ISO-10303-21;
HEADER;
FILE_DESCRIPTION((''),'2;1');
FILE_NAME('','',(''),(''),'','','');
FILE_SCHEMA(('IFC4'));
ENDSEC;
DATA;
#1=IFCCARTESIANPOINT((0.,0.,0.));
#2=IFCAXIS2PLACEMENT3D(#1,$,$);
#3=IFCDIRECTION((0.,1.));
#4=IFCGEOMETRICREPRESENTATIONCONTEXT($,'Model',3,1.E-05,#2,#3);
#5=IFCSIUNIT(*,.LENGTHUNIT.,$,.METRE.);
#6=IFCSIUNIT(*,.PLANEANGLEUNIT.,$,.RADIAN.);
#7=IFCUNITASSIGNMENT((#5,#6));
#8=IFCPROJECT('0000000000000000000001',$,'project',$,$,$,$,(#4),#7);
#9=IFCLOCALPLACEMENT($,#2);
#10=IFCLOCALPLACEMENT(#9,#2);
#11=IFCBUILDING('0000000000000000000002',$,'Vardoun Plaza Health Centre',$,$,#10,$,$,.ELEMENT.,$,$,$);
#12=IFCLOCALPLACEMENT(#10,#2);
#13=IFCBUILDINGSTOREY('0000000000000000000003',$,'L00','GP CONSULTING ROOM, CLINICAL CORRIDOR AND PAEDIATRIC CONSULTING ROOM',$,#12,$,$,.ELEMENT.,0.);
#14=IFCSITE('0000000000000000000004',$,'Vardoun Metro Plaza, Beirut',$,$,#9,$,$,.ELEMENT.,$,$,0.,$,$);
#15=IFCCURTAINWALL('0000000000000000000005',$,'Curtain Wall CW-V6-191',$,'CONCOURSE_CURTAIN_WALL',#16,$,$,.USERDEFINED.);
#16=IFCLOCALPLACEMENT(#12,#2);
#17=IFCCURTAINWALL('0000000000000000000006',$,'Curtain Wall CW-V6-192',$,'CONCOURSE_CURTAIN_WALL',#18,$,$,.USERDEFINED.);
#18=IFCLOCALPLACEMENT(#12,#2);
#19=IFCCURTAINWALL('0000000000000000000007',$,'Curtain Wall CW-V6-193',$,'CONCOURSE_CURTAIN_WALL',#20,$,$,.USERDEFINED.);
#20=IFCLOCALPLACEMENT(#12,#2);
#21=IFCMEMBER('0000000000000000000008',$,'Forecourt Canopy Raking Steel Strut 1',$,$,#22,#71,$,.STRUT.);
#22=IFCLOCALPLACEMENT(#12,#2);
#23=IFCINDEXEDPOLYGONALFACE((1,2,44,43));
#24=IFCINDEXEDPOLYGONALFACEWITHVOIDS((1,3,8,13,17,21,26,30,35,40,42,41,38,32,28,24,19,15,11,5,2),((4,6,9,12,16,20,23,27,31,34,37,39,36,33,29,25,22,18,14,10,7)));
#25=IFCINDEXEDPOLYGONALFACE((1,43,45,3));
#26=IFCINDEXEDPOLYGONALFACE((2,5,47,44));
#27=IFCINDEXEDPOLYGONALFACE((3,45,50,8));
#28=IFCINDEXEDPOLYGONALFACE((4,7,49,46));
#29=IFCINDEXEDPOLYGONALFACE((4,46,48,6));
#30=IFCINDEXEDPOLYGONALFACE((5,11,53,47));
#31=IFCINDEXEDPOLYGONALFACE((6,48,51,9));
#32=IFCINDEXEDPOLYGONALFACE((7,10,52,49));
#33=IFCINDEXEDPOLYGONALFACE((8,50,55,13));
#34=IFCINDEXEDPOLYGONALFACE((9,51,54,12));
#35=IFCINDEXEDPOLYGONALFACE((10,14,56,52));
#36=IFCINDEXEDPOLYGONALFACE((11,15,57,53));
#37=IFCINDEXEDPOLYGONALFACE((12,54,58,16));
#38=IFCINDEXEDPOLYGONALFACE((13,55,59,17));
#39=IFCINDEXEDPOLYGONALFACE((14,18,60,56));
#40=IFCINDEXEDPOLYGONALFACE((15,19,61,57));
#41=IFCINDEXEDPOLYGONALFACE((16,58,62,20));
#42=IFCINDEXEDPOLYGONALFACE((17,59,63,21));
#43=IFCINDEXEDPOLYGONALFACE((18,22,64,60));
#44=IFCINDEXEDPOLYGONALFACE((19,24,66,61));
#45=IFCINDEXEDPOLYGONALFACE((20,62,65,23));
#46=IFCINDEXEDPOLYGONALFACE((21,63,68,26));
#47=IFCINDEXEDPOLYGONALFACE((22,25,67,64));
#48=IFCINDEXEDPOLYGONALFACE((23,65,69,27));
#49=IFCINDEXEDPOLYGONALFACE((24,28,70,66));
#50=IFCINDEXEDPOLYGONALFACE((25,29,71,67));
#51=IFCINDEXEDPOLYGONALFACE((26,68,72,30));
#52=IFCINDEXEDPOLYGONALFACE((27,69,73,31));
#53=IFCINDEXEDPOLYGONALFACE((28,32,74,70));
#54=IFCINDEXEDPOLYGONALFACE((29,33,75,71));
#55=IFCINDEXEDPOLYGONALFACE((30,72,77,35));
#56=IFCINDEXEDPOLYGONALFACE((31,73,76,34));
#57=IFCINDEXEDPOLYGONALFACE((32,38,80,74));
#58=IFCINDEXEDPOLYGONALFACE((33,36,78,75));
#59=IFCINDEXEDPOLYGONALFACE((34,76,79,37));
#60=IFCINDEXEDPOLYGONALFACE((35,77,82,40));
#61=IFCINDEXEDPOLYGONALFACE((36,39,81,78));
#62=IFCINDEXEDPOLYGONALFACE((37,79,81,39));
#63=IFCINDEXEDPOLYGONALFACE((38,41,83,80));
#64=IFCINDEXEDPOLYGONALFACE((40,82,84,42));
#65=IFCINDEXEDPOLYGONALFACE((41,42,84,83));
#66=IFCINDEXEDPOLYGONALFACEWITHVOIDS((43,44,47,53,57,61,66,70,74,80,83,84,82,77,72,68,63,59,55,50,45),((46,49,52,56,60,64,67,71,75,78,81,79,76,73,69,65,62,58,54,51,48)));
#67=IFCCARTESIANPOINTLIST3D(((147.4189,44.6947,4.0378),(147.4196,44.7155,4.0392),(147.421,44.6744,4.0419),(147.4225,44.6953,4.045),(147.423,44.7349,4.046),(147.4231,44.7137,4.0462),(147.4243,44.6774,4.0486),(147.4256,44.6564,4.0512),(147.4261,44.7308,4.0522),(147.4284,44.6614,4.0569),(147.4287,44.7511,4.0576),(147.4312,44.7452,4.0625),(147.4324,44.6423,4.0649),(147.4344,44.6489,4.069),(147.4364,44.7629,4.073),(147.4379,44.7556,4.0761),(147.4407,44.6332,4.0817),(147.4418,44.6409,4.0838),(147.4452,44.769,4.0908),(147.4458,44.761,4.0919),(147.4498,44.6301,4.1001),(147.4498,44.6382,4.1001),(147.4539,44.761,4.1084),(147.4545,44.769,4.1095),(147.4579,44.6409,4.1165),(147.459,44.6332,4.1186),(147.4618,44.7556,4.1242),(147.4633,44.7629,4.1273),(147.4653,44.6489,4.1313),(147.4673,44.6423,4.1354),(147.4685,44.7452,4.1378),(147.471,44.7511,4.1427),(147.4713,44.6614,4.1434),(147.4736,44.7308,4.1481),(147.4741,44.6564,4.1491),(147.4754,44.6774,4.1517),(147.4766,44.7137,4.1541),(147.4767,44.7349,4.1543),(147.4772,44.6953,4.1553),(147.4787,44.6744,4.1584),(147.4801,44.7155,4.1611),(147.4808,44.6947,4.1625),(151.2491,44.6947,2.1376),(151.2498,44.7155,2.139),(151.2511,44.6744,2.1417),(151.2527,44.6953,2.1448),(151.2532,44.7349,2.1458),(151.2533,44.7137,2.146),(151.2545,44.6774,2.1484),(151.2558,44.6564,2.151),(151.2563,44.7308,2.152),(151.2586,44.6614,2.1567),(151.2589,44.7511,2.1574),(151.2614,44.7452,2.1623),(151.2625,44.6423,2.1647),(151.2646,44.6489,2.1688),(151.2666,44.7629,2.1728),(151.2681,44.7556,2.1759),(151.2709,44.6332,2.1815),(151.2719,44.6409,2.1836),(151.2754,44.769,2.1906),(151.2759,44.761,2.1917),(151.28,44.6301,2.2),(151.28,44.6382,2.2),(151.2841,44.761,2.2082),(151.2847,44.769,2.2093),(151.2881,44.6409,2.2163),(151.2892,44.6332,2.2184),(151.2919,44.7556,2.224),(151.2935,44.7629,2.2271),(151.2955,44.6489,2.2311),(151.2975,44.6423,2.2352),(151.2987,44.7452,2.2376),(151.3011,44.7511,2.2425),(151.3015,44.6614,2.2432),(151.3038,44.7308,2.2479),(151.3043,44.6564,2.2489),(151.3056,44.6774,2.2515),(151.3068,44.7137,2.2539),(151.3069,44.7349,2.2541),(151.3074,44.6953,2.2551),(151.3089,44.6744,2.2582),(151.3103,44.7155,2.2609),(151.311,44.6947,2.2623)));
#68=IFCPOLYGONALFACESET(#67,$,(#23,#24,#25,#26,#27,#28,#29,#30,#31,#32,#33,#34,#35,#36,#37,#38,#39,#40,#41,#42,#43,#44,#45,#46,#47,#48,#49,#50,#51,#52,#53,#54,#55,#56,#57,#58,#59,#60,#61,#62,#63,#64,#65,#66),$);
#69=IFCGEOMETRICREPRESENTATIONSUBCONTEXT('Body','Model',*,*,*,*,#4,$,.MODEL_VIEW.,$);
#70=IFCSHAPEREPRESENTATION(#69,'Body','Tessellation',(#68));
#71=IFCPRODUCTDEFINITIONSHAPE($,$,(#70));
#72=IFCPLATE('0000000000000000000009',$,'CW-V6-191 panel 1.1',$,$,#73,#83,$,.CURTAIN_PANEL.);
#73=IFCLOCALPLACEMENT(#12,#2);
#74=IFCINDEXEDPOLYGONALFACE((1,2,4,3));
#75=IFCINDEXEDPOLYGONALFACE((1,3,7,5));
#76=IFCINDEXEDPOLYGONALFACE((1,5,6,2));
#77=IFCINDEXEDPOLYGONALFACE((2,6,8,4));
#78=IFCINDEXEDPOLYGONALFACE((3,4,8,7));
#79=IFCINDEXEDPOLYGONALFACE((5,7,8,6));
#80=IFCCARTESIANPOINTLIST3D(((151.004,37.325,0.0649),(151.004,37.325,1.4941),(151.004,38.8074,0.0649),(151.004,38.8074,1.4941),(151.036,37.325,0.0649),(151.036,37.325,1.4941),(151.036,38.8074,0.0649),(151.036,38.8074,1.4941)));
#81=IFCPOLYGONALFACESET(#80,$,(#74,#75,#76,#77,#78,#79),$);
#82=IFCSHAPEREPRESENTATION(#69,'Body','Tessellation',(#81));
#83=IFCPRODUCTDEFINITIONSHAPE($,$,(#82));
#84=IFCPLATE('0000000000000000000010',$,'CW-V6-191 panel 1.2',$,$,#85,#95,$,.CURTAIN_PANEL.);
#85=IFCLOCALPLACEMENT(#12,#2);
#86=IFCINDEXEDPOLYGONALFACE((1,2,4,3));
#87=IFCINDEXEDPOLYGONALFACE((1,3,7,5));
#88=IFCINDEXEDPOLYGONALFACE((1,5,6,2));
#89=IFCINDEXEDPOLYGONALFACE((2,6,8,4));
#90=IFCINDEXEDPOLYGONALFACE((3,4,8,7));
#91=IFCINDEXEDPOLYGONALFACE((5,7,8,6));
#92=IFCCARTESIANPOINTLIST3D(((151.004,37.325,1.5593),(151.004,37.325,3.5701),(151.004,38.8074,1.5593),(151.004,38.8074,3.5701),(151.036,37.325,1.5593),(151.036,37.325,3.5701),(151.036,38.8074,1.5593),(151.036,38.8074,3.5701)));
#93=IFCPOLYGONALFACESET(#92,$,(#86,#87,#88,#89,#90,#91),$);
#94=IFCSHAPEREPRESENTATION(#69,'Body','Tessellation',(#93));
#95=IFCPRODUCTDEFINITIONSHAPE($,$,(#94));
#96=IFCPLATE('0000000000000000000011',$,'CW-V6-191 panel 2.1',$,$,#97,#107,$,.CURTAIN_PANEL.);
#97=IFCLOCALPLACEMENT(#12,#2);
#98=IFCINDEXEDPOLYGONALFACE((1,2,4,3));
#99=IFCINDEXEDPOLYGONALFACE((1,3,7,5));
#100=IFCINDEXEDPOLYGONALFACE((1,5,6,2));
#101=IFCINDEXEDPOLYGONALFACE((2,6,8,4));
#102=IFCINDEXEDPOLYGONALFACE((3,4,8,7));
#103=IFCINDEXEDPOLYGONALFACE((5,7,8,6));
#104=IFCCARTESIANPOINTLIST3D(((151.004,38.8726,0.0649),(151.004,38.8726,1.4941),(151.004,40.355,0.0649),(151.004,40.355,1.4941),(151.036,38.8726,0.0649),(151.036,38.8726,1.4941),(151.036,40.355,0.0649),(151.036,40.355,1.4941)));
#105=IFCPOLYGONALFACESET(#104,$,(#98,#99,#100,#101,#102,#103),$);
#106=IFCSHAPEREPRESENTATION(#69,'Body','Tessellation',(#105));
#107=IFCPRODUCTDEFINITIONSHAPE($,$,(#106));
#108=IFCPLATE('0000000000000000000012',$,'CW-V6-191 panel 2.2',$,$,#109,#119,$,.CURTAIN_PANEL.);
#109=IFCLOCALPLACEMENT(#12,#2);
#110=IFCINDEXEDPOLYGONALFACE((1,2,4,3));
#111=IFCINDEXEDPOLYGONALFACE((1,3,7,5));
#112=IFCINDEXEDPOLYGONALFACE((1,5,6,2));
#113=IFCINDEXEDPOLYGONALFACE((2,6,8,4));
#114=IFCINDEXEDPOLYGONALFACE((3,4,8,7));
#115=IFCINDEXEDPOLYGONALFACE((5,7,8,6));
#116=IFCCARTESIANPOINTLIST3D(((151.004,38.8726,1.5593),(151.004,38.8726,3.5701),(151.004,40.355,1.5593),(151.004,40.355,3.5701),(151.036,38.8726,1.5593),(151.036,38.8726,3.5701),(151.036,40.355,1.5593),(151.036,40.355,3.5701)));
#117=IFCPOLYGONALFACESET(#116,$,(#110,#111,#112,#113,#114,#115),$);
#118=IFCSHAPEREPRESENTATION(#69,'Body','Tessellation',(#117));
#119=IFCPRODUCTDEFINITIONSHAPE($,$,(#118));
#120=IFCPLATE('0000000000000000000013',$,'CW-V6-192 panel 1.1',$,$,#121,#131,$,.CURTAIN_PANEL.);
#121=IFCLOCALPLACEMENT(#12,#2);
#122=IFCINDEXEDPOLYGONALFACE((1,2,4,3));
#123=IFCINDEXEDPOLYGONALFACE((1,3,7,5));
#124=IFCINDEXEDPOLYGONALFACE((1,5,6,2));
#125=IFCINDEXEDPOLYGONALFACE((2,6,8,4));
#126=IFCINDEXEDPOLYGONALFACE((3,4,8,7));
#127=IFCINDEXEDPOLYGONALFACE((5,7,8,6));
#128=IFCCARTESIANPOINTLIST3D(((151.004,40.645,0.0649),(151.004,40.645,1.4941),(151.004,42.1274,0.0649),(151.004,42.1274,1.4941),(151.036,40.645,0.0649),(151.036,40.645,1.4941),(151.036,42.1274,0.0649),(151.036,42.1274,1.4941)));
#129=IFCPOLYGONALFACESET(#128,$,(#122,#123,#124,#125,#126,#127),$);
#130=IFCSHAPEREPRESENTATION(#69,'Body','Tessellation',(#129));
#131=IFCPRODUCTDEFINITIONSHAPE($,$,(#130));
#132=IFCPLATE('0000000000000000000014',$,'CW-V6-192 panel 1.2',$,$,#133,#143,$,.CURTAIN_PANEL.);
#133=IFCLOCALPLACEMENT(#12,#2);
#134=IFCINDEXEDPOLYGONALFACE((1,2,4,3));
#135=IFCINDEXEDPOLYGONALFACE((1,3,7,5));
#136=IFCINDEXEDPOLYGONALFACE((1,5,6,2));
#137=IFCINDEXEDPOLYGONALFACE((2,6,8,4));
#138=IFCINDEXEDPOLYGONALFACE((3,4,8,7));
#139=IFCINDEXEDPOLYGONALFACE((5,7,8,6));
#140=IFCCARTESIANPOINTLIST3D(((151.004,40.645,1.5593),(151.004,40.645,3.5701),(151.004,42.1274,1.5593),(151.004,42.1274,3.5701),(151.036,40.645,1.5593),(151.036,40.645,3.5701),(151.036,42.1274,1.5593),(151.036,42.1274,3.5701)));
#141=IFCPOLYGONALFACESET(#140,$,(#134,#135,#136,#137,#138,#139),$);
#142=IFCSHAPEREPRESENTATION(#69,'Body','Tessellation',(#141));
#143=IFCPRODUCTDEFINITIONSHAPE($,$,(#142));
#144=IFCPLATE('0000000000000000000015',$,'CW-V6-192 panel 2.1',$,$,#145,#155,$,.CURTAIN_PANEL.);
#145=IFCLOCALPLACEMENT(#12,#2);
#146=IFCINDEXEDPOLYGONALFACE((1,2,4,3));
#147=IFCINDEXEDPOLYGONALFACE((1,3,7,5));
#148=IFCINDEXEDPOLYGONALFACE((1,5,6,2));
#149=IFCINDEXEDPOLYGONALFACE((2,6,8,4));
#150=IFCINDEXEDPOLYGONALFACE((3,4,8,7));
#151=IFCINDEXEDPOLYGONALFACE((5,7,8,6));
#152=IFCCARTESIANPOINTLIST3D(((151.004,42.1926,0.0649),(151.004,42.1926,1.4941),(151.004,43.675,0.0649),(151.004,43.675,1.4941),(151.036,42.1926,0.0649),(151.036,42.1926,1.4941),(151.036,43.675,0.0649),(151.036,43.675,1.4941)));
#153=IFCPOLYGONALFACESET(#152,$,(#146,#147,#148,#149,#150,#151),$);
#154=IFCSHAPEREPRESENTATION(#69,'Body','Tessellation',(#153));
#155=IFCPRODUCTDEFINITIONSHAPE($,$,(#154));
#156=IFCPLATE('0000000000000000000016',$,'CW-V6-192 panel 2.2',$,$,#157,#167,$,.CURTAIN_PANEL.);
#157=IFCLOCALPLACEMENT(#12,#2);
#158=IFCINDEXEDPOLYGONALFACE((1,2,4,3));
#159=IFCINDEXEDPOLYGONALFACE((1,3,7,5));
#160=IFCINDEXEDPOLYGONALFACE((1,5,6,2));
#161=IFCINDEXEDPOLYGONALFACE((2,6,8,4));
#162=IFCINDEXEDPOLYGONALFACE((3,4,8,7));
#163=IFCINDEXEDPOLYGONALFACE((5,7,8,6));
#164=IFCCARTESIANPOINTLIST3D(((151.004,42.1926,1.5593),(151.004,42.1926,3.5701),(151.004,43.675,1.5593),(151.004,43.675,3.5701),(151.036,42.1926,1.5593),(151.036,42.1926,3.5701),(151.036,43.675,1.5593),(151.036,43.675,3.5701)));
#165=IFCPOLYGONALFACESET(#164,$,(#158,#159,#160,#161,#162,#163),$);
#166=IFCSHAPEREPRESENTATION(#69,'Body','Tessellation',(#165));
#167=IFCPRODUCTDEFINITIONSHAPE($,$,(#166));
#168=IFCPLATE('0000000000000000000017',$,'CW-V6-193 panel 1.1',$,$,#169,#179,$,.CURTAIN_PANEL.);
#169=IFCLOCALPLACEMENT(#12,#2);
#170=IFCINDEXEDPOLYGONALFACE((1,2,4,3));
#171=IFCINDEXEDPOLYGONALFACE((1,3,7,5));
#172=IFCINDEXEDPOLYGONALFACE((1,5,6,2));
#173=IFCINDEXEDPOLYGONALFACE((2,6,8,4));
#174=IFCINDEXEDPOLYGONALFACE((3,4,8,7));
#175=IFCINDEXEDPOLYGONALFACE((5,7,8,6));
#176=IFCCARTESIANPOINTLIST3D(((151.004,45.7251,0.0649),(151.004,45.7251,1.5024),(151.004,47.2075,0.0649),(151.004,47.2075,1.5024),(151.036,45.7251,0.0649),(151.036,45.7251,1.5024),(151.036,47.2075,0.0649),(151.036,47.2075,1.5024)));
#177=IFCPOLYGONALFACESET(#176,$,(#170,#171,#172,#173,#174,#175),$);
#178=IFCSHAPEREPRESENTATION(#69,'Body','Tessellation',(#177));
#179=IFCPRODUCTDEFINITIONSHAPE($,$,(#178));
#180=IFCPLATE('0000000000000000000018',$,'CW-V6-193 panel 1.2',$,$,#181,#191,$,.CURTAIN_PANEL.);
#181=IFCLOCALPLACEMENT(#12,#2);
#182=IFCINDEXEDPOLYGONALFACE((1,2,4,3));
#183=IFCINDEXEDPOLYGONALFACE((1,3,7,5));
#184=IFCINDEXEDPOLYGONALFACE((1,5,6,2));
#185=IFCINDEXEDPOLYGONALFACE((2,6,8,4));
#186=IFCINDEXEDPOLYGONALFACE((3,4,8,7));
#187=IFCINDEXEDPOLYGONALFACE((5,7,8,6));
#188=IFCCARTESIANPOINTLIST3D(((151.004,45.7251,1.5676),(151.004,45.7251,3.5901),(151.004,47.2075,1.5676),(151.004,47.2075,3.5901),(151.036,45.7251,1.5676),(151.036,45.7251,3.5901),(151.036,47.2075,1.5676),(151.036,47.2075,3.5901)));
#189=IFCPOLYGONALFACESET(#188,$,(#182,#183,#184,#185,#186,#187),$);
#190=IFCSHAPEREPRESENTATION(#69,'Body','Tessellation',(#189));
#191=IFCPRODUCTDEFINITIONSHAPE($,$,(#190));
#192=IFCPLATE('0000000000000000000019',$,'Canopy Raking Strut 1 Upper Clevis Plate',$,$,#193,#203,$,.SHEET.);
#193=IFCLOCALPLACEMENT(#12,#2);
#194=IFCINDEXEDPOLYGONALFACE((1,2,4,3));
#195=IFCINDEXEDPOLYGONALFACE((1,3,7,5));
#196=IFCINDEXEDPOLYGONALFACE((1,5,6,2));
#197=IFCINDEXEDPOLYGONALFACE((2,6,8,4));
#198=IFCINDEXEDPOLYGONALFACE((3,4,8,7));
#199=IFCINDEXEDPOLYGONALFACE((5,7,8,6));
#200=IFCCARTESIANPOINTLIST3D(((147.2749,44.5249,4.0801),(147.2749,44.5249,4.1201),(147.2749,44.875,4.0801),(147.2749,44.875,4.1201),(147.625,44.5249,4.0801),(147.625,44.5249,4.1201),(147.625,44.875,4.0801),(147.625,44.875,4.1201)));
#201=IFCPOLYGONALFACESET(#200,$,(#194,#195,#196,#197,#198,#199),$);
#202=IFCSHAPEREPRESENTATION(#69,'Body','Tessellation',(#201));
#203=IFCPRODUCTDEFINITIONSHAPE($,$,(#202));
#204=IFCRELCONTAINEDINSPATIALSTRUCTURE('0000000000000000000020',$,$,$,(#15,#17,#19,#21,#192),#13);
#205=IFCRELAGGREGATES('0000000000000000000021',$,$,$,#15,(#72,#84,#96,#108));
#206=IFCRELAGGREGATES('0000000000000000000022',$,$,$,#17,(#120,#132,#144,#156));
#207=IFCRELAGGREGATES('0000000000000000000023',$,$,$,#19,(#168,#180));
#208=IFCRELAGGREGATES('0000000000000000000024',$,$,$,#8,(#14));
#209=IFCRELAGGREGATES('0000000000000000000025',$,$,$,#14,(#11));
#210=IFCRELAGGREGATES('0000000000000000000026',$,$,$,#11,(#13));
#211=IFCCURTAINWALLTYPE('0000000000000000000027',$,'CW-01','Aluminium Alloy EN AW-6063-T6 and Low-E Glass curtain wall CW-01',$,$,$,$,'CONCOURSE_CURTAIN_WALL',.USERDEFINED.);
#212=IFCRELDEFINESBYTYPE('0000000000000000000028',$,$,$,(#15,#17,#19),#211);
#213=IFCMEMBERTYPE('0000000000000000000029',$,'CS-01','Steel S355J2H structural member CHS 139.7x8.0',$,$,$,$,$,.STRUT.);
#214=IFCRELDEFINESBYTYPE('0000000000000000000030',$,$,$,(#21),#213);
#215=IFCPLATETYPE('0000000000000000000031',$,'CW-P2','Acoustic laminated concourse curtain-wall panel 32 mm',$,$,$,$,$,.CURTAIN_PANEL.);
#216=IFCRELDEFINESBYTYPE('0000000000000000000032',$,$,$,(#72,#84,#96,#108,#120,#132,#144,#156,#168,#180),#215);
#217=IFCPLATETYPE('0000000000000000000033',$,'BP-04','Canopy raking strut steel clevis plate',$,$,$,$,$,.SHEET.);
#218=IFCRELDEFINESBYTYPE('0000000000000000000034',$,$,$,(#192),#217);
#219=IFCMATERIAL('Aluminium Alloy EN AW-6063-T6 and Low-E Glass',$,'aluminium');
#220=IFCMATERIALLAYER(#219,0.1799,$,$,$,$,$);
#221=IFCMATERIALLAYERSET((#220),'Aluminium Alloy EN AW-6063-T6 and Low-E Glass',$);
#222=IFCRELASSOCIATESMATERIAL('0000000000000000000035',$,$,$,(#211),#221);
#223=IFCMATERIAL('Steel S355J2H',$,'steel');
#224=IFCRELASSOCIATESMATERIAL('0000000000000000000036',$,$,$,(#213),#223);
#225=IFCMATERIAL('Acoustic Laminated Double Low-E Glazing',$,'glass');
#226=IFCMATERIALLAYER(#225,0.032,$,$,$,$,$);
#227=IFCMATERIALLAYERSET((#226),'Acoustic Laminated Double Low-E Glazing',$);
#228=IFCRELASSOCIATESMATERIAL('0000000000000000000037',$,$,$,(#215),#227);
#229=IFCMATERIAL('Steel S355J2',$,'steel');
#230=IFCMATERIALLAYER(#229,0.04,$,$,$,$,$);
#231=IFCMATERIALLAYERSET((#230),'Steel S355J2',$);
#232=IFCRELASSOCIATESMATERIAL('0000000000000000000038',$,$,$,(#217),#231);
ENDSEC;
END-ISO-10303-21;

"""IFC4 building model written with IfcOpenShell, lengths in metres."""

from ifc_helpers import new_model, si_unit, direction, frame, origin, origin_2d, place, context, subcontext, project, spatial, rectangle, hollow_circle, extrude, material, layer, layer_set, material_profile, profile_set, type_object, element, aggregate, save


model = new_model("IFC4")

# Units and contexts
model_context = context("Model", 3, precision=1e-05, world=origin(), true_north=direction((0.0, 1.0)))
body_context = subcontext(model_context, "Body", "Model", "MODEL_VIEW")
ifc_project = project(units=[si_unit("LENGTHUNIT", "METRE"), si_unit("PLANEANGLEUNIT", "RADIAN")], contexts=[model_context])

# Site, building, storey
site_placement = place(None, origin())
site = spatial("IfcSite", under=ifc_project, at=site_placement, Name="Vardoun Metro Plaza, Beirut", CompositionType="ELEMENT", RefElevation=0.0)
building_placement = place(site_placement, origin())
building = spatial("IfcBuilding", under=site, at=building_placement, Name="Vardoun Plaza Health Centre", CompositionType="ELEMENT")
storey_placement = place(building_placement, origin())
storey = spatial("IfcBuildingStorey", under=building, at=storey_placement, Name="L00", Description="GP CONSULTING ROOM, CLINICAL CORRIDOR AND PAEDIATRIC CONSULTING ROOM", CompositionType="ELEMENT", Elevation=0.0)

# Curtain walls
ifc_material_1 = material(Name="Aluminium Alloy EN AW-6063-T6 and Low-E Glass", Category="aluminium")
ifc_layer_1 = layer(ifc_material_1, 0.1799)
ifc_layer_set_1 = layer_set([ifc_layer_1], Name="Aluminium Alloy EN AW-6063-T6 and Low-E Glass")
curtain_wall_type = type_object("IfcCurtainWallType", Name="CW-01", Description="Aluminium Alloy EN AW-6063-T6 and Low-E Glass curtain wall CW-01", ElementType="CONCOURSE_CURTAIN_WALL", PredefinedType="USERDEFINED", material=ifc_layer_set_1)
curtain_wall_1_placement = place(storey_placement, origin())
curtain_wall_1 = element("IfcCurtainWall", 1, at=curtain_wall_1_placement, inside=storey, type_object=curtain_wall_type, Name="Curtain Wall CW-V6-191", ObjectType="CONCOURSE_CURTAIN_WALL", PredefinedType="USERDEFINED")
curtain_wall_2_placement = place(storey_placement, origin())
curtain_wall_2 = element("IfcCurtainWall", 2, at=curtain_wall_2_placement, inside=storey, type_object=curtain_wall_type, Name="Curtain Wall CW-V6-192", ObjectType="CONCOURSE_CURTAIN_WALL", PredefinedType="USERDEFINED")

# Curtain wall
curtain_wall_3_placement = place(storey_placement, origin())
curtain_wall_3 = element("IfcCurtainWall", 3, at=curtain_wall_3_placement, inside=storey, type_object=curtain_wall_type, Name="Curtain Wall CW-V6-193", ObjectType="CONCOURSE_CURTAIN_WALL", PredefinedType="USERDEFINED")

# Member
ifc_material_2 = material(Name="Steel S355J2H", Category="steel")
ifc_material_profile_1 = material_profile(ifc_material_2, hollow_circle(Radius=0.0698, WallThickness=0.0081, at=origin_2d()), Name="CHS 139.7x8.0")
ifc_profile_set_1 = profile_set([ifc_material_profile_1], Name="Steel S355J2H")
member_type_1 = type_object("IfcMemberType", Name="CS-01", Description="Steel S355J2H structural member CHS 139.7x8.0", PredefinedType="STRUT", material=ifc_profile_set_1)
member_1_placement = place(storey_placement, frame((151.28, 44.7, 2.2), z_axis=(-0.895816, 0.0, 0.444425), x_axis=(0.0, -1.0, 0.0)))
element("IfcMember", 4, at=member_1_placement, inside=storey, type_object=member_type_1, Name="Forecourt Canopy Raking Steel Strut 1", PredefinedType="STRUT", context=body_context, shape_type="SweptSolid", body=[
    extrude(hollow_circle(Radius=0.0698, WallThickness=0.0081, at=origin_2d()), origin(), (0.0, 0.0, 1.0), 4.2756),
])

# Plates
ifc_material_3 = material(Name="Acoustic Laminated Double Low-E Glazing", Category="glass")
ifc_layer_2 = layer(ifc_material_3, 0.032)
ifc_layer_set_2 = layer_set([ifc_layer_2], Name="Acoustic Laminated Double Low-E Glazing")
plate_type_1 = type_object("IfcPlateType", Name="CW-P2", Description="Acoustic laminated concourse curtain-wall panel 32 mm", PredefinedType="CURTAIN_PANEL", material=ifc_layer_set_2)
plate_1_placement = place(storey_placement, frame((151.02, 38.0662, 0.0649), z_axis=(0.0, 0.0, 1.0), x_axis=(0.0, 1.0, 0.0)))
plate_1 = element("IfcPlate", 5, at=plate_1_placement, type_object=plate_type_1, Name="CW-V6-191 panel 1.1", PredefinedType="CURTAIN_PANEL", context=body_context, shape_type="SweptSolid", body=[
    extrude(rectangle(XDim=1.4824, YDim=0.032, at=origin_2d()), origin(), (0.0, 0.0, 1.0), 1.4292),
])
plate_2_placement = place(storey_placement, frame((151.02, 38.0662, 1.5593), z_axis=(0.0, 0.0, 1.0), x_axis=(0.0, 1.0, 0.0)))
plate_2 = element("IfcPlate", 6, at=plate_2_placement, type_object=plate_type_1, Name="CW-V6-191 panel 1.2", PredefinedType="CURTAIN_PANEL", context=body_context, shape_type="SweptSolid", body=[
    extrude(rectangle(XDim=1.4824, YDim=0.032, at=origin_2d()), origin(), (0.0, 0.0, 1.0), 2.0107),
])
plate_3_placement = place(storey_placement, frame((151.02, 39.6138, 0.0649), z_axis=(0.0, 0.0, 1.0), x_axis=(0.0, 1.0, 0.0)))
plate_3 = element("IfcPlate", 7, at=plate_3_placement, type_object=plate_type_1, Name="CW-V6-191 panel 2.1", PredefinedType="CURTAIN_PANEL", context=body_context, shape_type="SweptSolid", body=[
    extrude(rectangle(XDim=1.4824, YDim=0.032, at=origin_2d()), origin(), (0.0, 0.0, 1.0), 1.4292),
])
plate_4_placement = place(storey_placement, frame((151.02, 39.6138, 1.5593), z_axis=(0.0, 0.0, 1.0), x_axis=(0.0, 1.0, 0.0)))
plate_4 = element("IfcPlate", 8, at=plate_4_placement, type_object=plate_type_1, Name="CW-V6-191 panel 2.2", PredefinedType="CURTAIN_PANEL", context=body_context, shape_type="SweptSolid", body=[
    extrude(rectangle(XDim=1.4824, YDim=0.032, at=origin_2d()), origin(), (0.0, 0.0, 1.0), 2.0107),
])
aggregate(curtain_wall_1, [plate_1, plate_2, plate_3, plate_4])
plate_5_placement = place(storey_placement, frame((151.02, 41.3862, 0.0649), z_axis=(0.0, 0.0, 1.0), x_axis=(0.0, 1.0, 0.0)))
plate_5 = element("IfcPlate", 9, at=plate_5_placement, type_object=plate_type_1, Name="CW-V6-192 panel 1.1", PredefinedType="CURTAIN_PANEL", context=body_context, shape_type="SweptSolid", body=[
    extrude(rectangle(XDim=1.4824, YDim=0.032, at=origin_2d()), origin(), (0.0, 0.0, 1.0), 1.4292),
])
plate_6_placement = place(storey_placement, frame((151.02, 41.3862, 1.5593), z_axis=(0.0, 0.0, 1.0), x_axis=(0.0, 1.0, 0.0)))
plate_6 = element("IfcPlate", 10, at=plate_6_placement, type_object=plate_type_1, Name="CW-V6-192 panel 1.2", PredefinedType="CURTAIN_PANEL", context=body_context, shape_type="SweptSolid", body=[
    extrude(rectangle(XDim=1.4824, YDim=0.032, at=origin_2d()), origin(), (0.0, 0.0, 1.0), 2.0107),
])
plate_7_placement = place(storey_placement, frame((151.02, 42.9338, 0.0649), z_axis=(0.0, 0.0, 1.0), x_axis=(0.0, 1.0, 0.0)))
plate_7 = element("IfcPlate", 11, at=plate_7_placement, type_object=plate_type_1, Name="CW-V6-192 panel 2.1", PredefinedType="CURTAIN_PANEL", context=body_context, shape_type="SweptSolid", body=[
    extrude(rectangle(XDim=1.4824, YDim=0.032, at=origin_2d()), origin(), (0.0, 0.0, 1.0), 1.4292),
])
plate_8_placement = place(storey_placement, frame((151.02, 42.9338, 1.5593), z_axis=(0.0, 0.0, 1.0), x_axis=(0.0, 1.0, 0.0)))
plate_8 = element("IfcPlate", 12, at=plate_8_placement, type_object=plate_type_1, Name="CW-V6-192 panel 2.2", PredefinedType="CURTAIN_PANEL", context=body_context, shape_type="SweptSolid", body=[
    extrude(rectangle(XDim=1.4824, YDim=0.032, at=origin_2d()), origin(), (0.0, 0.0, 1.0), 2.0107),
])
aggregate(curtain_wall_2, [plate_5, plate_6, plate_7, plate_8])
plate_9_placement = place(storey_placement, frame((151.02, 46.4663, 0.0649), z_axis=(0.0, 0.0, 1.0), x_axis=(0.0, 1.0, 0.0)))
plate_9 = element("IfcPlate", 13, at=plate_9_placement, type_object=plate_type_1, Name="CW-V6-193 panel 1.1", PredefinedType="CURTAIN_PANEL", context=body_context, shape_type="SweptSolid", body=[
    extrude(rectangle(XDim=1.4824, YDim=0.032, at=origin_2d()), origin(), (0.0, 0.0, 1.0), 1.4375),
])
plate_10_placement = place(storey_placement, frame((151.02, 46.4663, 1.5676), z_axis=(0.0, 0.0, 1.0), x_axis=(0.0, 1.0, 0.0)))
plate_10 = element("IfcPlate", 14, at=plate_10_placement, type_object=plate_type_1, Name="CW-V6-193 panel 1.2", PredefinedType="CURTAIN_PANEL", context=body_context, shape_type="SweptSolid", body=[
    extrude(rectangle(XDim=1.4824, YDim=0.032, at=origin_2d()), origin(), (0.0, 0.0, 1.0), 2.0225),
])
aggregate(curtain_wall_3, [plate_9, plate_10])
ifc_material_4 = material(Name="Steel S355J2", Category="steel")
ifc_layer_3 = layer(ifc_material_4, 0.04)
ifc_layer_set_3 = layer_set([ifc_layer_3], Name="Steel S355J2")
plate_type_2 = type_object("IfcPlateType", Name="BP-04", Description="Canopy raking strut steel clevis plate", PredefinedType="SHEET", material=ifc_layer_set_3)
plate_11_placement = place(storey_placement, frame((147.45, 44.7, 4.0801), z_axis=(0.0, 0.0, 1.0), x_axis=(1.0, 0.0, 0.0)))
element("IfcPlate", 15, at=plate_11_placement, inside=storey, type_object=plate_type_2, Name="Canopy Raking Strut 1 Upper Clevis Plate", PredefinedType="SHEET", context=body_context, shape_type="SweptSolid", body=[
    extrude(rectangle(XDim=0.3501, YDim=0.3501, at=origin_2d()), origin(), (0.0, 0.0, 1.0), 0.04),
])

save(model, "model.ifc")
